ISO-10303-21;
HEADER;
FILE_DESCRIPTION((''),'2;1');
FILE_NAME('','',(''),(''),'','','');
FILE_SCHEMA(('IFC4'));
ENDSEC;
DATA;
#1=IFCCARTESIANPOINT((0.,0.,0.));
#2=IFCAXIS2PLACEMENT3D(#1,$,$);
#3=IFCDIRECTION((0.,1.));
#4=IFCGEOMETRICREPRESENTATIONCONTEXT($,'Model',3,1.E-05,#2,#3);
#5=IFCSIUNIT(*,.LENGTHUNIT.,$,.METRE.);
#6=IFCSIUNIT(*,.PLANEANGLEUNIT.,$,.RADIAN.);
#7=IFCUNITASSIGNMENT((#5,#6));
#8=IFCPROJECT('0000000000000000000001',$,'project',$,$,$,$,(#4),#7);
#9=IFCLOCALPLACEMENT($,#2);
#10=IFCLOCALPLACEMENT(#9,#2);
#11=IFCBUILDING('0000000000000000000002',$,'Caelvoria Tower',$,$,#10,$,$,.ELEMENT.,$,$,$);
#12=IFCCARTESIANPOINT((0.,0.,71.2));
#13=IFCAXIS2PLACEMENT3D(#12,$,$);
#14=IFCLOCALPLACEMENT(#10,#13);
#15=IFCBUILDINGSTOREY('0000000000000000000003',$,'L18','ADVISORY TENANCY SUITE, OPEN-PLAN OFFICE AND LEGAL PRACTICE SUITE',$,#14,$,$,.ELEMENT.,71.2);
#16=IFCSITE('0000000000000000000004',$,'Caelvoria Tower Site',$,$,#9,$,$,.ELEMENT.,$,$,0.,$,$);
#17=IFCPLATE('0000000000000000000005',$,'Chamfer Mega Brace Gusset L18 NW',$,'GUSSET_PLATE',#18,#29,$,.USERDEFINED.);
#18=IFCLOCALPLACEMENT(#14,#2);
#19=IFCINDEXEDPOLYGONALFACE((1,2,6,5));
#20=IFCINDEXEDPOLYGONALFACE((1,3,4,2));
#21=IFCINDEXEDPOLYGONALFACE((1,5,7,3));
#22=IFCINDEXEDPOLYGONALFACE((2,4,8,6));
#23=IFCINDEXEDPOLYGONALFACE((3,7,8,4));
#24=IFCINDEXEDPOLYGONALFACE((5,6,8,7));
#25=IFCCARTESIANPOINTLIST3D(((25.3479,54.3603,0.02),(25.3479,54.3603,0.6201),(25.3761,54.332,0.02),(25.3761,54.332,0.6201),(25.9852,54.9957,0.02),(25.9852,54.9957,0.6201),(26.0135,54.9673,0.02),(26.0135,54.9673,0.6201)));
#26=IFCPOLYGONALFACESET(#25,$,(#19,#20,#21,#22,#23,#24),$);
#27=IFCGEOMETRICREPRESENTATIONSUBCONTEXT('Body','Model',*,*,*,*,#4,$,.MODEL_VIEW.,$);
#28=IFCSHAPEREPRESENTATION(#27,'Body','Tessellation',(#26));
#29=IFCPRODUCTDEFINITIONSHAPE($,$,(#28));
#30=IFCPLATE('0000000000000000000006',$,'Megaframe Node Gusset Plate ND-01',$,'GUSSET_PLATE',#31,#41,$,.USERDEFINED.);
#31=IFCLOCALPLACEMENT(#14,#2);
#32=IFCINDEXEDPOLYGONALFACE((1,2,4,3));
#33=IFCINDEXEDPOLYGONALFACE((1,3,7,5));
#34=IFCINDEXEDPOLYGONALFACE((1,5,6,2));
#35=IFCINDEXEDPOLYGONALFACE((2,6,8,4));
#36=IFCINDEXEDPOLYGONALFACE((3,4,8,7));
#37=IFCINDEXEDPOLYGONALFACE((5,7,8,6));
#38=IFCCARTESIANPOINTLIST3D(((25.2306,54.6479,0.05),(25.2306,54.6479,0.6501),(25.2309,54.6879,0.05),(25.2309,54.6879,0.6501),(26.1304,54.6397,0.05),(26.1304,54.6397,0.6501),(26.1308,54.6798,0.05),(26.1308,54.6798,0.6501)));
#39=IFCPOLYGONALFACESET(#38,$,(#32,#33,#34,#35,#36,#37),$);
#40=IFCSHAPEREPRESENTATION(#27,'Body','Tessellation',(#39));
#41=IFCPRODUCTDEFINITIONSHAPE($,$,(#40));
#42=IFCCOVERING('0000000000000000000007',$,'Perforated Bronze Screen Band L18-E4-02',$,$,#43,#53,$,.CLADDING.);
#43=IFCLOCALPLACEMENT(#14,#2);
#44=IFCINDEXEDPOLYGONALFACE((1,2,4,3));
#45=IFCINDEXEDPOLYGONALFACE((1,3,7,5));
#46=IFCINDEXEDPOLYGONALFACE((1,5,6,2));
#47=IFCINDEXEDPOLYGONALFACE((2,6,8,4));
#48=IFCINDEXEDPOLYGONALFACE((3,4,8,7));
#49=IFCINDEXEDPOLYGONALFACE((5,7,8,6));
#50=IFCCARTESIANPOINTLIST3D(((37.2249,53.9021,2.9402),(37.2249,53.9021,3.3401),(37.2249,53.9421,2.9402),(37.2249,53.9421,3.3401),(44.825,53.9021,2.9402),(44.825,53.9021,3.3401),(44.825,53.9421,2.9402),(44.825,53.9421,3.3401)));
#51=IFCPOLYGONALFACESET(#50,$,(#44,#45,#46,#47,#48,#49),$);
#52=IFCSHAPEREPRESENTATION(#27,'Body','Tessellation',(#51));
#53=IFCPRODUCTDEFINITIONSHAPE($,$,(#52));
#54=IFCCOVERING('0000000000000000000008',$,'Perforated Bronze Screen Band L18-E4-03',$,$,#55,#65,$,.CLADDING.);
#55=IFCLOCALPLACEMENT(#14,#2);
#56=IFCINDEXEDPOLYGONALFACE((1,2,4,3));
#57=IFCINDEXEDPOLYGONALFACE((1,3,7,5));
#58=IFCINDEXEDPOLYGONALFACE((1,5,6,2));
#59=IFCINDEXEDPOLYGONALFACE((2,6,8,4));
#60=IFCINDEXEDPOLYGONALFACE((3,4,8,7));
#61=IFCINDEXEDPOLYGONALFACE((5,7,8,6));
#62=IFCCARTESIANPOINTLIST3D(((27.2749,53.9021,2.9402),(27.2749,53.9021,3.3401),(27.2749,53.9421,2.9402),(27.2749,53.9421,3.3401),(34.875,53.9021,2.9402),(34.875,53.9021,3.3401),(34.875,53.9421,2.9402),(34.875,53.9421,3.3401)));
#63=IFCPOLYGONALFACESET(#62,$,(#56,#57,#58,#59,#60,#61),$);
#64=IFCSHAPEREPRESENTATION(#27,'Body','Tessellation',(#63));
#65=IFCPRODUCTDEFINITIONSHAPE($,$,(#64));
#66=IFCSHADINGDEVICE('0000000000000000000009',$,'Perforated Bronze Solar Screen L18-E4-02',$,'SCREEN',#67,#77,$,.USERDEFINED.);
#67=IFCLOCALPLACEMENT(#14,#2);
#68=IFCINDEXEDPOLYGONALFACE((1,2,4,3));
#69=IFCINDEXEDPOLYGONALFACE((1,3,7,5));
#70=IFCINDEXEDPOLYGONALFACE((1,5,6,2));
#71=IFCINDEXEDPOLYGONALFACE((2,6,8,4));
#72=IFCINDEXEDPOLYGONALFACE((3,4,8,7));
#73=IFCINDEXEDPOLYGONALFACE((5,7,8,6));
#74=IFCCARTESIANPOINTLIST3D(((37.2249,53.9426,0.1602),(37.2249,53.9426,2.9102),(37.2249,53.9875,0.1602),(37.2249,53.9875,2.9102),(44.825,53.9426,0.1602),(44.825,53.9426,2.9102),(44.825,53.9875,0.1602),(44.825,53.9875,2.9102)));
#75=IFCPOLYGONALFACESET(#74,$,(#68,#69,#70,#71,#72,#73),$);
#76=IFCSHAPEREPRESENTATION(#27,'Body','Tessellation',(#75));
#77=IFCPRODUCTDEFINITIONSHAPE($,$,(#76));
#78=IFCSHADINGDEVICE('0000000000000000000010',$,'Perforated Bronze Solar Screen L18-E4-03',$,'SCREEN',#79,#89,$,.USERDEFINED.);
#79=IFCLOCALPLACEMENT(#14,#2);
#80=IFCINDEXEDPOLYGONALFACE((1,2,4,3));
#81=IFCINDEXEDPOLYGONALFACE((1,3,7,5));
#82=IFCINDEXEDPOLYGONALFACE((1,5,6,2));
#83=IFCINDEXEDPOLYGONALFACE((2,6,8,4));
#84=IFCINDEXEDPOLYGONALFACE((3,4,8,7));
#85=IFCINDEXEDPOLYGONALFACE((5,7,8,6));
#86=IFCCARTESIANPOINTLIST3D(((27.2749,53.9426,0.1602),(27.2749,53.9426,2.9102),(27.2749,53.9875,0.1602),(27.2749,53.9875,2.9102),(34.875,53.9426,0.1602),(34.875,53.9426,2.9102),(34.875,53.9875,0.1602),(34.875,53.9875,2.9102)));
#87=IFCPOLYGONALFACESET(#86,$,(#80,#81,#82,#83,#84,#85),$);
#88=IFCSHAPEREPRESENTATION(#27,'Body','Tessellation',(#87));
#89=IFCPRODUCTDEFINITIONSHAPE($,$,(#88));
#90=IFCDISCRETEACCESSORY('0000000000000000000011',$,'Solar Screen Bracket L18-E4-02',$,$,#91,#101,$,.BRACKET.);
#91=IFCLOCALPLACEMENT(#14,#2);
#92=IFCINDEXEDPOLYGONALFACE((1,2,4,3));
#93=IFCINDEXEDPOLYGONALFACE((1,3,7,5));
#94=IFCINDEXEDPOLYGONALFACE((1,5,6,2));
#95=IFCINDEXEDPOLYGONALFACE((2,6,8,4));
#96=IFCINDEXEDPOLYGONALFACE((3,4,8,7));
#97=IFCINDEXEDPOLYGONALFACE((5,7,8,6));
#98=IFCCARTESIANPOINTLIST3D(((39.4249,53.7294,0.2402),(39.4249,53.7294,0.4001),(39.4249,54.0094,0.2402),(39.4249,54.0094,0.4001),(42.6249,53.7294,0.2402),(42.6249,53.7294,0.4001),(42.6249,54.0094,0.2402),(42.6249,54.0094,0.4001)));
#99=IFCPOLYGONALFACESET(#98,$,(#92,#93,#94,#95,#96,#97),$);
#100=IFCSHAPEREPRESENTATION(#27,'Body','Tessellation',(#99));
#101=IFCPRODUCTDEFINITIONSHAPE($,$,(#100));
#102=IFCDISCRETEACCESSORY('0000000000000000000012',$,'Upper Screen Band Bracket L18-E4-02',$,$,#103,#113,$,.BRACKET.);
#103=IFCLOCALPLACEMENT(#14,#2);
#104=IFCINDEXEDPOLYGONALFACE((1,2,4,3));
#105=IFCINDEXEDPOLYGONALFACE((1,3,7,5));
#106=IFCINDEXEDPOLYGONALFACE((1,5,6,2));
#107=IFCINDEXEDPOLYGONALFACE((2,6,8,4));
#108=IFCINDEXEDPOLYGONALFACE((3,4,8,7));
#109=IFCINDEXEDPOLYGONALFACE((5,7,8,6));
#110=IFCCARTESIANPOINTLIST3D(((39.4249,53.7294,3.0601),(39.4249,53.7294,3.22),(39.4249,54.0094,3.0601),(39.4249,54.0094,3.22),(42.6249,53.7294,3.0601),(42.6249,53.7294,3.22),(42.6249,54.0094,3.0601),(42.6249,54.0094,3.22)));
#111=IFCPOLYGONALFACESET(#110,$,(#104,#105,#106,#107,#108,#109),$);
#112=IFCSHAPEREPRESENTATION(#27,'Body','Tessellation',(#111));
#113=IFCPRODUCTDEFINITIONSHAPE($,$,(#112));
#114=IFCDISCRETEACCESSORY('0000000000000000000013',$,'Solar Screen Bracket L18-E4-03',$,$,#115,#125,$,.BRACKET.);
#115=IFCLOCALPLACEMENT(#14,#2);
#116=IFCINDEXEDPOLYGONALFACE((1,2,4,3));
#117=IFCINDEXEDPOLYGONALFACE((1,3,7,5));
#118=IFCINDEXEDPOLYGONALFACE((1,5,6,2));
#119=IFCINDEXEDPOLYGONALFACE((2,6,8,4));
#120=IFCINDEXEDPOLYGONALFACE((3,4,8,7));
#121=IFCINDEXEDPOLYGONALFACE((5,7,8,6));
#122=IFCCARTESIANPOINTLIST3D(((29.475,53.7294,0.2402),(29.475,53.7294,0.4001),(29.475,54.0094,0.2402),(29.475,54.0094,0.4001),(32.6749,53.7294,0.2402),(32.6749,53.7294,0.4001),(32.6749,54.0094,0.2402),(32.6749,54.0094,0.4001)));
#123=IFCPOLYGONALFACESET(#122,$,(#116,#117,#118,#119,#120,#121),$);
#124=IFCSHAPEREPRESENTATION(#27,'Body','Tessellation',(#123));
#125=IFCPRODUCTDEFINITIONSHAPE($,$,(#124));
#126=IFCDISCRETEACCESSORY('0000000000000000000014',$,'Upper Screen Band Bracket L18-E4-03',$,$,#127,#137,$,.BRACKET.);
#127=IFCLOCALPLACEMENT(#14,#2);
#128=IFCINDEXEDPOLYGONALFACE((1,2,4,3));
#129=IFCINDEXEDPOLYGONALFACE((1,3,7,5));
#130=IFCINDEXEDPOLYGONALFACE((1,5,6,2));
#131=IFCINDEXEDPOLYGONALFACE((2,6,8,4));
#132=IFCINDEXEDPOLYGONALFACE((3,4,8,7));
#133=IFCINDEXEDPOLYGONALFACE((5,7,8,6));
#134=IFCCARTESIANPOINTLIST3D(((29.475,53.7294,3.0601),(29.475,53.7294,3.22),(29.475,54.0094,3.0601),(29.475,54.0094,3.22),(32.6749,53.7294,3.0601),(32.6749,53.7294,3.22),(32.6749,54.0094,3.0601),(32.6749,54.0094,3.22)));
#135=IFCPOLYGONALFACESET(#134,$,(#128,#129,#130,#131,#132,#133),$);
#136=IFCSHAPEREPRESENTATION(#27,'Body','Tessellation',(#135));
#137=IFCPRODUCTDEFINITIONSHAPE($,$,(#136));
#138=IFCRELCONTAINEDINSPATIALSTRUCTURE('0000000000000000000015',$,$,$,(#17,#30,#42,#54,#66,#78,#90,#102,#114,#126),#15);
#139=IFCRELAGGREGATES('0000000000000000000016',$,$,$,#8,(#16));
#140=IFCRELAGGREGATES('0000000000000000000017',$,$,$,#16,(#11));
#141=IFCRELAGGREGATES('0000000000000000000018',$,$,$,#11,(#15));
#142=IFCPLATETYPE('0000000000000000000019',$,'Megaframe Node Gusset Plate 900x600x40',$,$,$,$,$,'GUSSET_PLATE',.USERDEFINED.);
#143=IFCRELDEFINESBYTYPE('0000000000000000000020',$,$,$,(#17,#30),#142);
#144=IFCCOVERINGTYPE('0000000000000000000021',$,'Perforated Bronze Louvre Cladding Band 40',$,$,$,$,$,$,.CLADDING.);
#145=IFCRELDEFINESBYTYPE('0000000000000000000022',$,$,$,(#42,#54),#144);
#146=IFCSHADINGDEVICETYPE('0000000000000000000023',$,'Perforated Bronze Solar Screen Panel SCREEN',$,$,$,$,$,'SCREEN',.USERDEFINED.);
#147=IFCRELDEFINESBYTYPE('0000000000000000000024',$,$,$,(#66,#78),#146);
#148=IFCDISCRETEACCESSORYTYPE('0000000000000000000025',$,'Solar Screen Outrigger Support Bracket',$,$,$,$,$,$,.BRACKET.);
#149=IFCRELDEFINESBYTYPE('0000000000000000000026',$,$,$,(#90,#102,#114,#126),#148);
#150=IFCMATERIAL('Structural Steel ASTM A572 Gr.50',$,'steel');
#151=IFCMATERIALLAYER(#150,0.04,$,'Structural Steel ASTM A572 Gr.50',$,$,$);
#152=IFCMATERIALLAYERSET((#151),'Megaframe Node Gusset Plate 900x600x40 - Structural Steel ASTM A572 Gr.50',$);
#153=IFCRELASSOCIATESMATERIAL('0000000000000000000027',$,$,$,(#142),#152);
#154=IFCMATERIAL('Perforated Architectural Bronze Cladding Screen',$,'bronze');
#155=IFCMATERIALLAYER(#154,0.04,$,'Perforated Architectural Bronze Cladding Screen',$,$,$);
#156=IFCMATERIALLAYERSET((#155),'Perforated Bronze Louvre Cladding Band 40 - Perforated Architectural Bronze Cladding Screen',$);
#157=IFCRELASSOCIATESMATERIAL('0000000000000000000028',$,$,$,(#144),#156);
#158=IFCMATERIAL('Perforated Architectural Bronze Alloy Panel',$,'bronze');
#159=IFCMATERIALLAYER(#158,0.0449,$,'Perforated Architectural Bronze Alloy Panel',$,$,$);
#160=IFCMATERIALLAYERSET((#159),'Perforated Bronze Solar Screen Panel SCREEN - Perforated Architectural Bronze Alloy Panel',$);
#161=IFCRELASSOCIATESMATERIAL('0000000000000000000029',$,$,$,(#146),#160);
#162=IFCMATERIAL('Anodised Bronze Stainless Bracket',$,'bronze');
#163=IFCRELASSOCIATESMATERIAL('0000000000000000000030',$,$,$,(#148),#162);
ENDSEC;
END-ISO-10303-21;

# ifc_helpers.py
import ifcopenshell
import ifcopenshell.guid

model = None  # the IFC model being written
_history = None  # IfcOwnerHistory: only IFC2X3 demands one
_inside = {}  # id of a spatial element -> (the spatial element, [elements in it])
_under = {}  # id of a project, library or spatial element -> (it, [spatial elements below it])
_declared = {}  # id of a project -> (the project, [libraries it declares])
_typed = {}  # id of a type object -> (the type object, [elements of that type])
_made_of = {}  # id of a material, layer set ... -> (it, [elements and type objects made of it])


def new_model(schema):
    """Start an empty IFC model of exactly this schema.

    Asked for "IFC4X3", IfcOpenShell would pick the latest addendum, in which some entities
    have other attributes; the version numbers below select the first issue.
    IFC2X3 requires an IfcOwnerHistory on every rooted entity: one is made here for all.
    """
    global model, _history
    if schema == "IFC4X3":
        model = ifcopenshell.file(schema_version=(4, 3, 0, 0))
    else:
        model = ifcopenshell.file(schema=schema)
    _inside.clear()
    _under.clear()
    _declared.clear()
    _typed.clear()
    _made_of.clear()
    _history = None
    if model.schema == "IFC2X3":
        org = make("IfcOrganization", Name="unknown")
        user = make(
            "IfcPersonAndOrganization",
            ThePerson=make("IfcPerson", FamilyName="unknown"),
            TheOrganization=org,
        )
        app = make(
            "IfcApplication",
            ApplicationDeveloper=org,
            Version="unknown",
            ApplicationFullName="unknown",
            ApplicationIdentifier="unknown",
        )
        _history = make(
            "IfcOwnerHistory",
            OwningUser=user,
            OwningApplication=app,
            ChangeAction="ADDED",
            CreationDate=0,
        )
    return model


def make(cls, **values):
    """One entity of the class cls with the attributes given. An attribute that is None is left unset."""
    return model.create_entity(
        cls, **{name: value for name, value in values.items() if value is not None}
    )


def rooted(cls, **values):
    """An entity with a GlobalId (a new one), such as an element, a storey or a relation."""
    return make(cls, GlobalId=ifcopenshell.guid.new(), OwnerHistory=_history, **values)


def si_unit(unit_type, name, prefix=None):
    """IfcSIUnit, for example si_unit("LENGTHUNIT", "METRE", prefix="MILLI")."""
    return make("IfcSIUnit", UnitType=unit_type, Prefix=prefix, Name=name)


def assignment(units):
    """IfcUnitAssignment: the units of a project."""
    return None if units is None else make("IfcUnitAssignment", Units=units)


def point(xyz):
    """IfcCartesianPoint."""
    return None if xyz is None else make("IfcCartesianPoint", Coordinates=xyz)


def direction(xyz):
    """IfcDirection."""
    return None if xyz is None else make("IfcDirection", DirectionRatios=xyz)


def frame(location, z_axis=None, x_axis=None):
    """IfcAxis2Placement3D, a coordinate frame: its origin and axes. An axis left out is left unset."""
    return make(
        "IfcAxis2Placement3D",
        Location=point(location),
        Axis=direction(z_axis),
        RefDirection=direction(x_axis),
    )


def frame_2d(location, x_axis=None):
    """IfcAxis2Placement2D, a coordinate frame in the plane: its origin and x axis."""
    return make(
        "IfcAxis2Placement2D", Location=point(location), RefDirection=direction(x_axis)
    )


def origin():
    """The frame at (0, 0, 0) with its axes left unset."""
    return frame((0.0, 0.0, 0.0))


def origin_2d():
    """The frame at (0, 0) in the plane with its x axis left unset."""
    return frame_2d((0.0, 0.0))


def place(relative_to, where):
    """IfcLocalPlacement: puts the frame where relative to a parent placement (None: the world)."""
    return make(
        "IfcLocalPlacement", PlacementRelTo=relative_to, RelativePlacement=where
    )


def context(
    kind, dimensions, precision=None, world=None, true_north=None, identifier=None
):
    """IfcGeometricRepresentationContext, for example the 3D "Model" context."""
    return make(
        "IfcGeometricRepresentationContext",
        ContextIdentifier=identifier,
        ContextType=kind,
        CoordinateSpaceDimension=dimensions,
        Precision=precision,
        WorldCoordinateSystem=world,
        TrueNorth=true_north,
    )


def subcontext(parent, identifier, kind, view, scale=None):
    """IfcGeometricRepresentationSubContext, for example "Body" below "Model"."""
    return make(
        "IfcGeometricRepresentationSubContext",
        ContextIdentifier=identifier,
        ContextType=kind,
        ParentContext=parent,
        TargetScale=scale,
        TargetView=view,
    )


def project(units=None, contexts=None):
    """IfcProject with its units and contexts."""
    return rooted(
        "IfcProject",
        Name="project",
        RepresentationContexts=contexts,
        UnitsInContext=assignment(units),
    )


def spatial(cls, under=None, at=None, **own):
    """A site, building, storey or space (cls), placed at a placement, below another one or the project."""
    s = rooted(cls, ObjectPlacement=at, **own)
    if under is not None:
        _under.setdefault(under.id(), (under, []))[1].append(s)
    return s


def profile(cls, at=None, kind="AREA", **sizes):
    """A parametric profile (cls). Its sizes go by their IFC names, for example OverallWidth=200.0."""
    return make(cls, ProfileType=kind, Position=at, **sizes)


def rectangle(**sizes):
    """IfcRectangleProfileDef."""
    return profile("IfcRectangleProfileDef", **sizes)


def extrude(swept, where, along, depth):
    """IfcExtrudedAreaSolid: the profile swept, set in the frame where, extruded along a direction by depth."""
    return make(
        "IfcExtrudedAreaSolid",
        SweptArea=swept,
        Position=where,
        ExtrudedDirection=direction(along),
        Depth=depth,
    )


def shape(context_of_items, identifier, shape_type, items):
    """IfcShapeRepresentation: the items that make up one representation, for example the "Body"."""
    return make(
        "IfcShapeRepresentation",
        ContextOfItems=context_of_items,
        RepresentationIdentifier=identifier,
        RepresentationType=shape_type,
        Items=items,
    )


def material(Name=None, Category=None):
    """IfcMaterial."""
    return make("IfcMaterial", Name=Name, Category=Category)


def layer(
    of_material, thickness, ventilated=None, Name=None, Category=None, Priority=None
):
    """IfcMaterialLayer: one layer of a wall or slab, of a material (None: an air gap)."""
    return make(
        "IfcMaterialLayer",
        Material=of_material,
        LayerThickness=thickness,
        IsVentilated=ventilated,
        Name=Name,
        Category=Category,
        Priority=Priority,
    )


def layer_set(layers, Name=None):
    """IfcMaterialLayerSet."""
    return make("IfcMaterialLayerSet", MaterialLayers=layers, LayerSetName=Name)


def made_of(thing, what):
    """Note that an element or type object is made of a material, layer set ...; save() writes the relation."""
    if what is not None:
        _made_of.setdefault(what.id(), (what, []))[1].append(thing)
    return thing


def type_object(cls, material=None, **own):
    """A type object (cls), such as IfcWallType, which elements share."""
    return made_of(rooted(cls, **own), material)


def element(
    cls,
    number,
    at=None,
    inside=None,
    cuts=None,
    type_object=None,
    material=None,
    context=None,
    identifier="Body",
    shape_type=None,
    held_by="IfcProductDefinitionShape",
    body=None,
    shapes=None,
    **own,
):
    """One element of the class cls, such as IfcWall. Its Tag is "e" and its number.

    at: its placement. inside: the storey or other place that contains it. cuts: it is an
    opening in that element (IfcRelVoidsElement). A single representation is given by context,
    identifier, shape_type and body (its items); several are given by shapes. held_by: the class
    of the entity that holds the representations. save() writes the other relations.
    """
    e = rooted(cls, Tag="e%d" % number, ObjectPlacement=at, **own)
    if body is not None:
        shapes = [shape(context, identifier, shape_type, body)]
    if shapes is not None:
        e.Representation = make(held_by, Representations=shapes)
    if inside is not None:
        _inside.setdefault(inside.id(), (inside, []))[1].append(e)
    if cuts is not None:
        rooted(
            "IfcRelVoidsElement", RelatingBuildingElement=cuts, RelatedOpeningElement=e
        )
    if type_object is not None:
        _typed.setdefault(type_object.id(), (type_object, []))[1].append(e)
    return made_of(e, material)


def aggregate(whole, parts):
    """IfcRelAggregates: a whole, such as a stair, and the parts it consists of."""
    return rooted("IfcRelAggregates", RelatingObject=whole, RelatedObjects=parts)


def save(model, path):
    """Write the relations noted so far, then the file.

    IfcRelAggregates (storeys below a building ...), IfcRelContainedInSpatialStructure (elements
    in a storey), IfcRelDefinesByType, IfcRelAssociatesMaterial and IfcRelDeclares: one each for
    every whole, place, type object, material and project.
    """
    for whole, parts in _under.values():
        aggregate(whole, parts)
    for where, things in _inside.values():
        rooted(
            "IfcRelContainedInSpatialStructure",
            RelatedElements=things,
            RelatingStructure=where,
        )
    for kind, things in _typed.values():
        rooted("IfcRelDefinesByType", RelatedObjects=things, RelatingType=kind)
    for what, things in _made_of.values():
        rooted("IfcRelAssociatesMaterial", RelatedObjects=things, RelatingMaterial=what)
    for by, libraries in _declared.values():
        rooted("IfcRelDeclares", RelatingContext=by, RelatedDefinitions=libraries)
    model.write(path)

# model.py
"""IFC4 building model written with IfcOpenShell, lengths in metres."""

from ifc_helpers import new_model, si_unit, direction, frame, origin, origin_2d, place, context, subcontext, project, spatial, rectangle, extrude, material, layer, layer_set, type_object, element, save


model = new_model("IFC4")

# Units and contexts
model_context = context("Model", 3, precision=1e-05, world=origin(), true_north=direction((0.0, 1.0)))
body_context = subcontext(model_context, "Body", "Model", "MODEL_VIEW")
ifc_project = project(units=[si_unit("LENGTHUNIT", "METRE"), si_unit("PLANEANGLEUNIT", "RADIAN")], contexts=[model_context])

# Site, building, storey
site_placement = place(None, origin())
site = spatial("IfcSite", under=ifc_project, at=site_placement, Name="Caelvoria Tower Site", CompositionType="ELEMENT", RefElevation=0.0)
building_placement = place(site_placement, origin())
building = spatial("IfcBuilding", under=site, at=building_placement, Name="Caelvoria Tower", CompositionType="ELEMENT")
storey_placement = place(building_placement, frame((0.0, 0.0, 71.2)))
storey = spatial("IfcBuildingStorey", under=building, at=storey_placement, Name="L18", Description="ADVISORY TENANCY SUITE, OPEN-PLAN OFFICE AND LEGAL PRACTICE SUITE", CompositionType="ELEMENT", Elevation=71.2)

# Shared definitions
ifc_material_1 = material(Name="Structural Steel ASTM A572 Gr.50", Category="steel")

# Plates
ifc_layer_1 = layer(ifc_material_1, 0.04, Name="Structural Steel ASTM A572 Gr.50")
ifc_layer_set_1 = layer_set([ifc_layer_1], Name="Megaframe Node Gusset Plate 900x600x40 - Structural Steel ASTM A572 Gr.50")
plate_type_1 = type_object("IfcPlateType", Name="Megaframe Node Gusset Plate 900x600x40", ElementType="GUSSET_PLATE", PredefinedType="USERDEFINED", material=ifc_layer_set_1)
for number, where, z_axis, x_axis, name in (
    (1, (25.6807, 54.6638, 0.02), (0.0, 0.0, 1.0), (-0.708212, -0.706, 0.0), "Chamfer Mega Brace Gusset L18 NW"),
    (2, (25.6807, 54.6638, 0.05), (0.0, 0.0, 1.0), (0.999959, -0.009049, 0.0), "Megaframe Node Gusset Plate ND-01"),
):
    element("IfcPlate", number, at=place(storey_placement, frame(where, z_axis=z_axis, x_axis=x_axis)), inside=storey, type_object=plate_type_1, Name=name, ObjectType="GUSSET_PLATE", PredefinedType="USERDEFINED", context=body_context, shape_type="SweptSolid", body=[
        extrude(rectangle(XDim=0.8999, YDim=0.04, at=origin_2d()), origin(), (0.0, 0.0, 1.0), 0.6001),
    ])

# Coverings
ifc_material_2 = material(Name="Perforated Architectural Bronze Cladding Screen", Category="bronze")
ifc_layer_2 = layer(ifc_material_2, 0.04, Name="Perforated Architectural Bronze Cladding Screen")
ifc_layer_set_2 = layer_set([ifc_layer_2], Name="Perforated Bronze Louvre Cladding Band 40 - Perforated Architectural Bronze Cladding Screen")
covering_type = type_object("IfcCoveringType", Name="Perforated Bronze Louvre Cladding Band 40", PredefinedType="CLADDING", material=ifc_layer_set_2)
for number, where, z_axis, x_axis, name in (
    (3, (41.0249, 53.9221, 2.9402), (0.0, 0.0, 1.0), (-1.0, 0.0, 0.0), "Perforated Bronze Screen Band L18-E4-02"),
    (4, (31.075, 53.9221, 2.9402), (0.0, 0.0, 1.0), (-1.0, 0.0, 0.0), "Perforated Bronze Screen Band L18-E4-03"),
):
    element("IfcCovering", number, at=place(storey_placement, frame(where, z_axis=z_axis, x_axis=x_axis)), inside=storey, type_object=covering_type, Name=name, PredefinedType="CLADDING", context=body_context, shape_type="SweptSolid", body=[
        extrude(rectangle(XDim=7.6001, YDim=0.04, at=origin_2d()), origin(), (0.0, 0.0, 1.0), 0.3999),
    ])

# Shading devices
ifc_material_3 = material(Name="Perforated Architectural Bronze Alloy Panel", Category="bronze")
ifc_layer_3 = layer(ifc_material_3, 0.0449, Name="Perforated Architectural Bronze Alloy Panel")
ifc_layer_set_3 = layer_set([ifc_layer_3], Name="Perforated Bronze Solar Screen Panel SCREEN - Perforated Architectural Bronze Alloy Panel")
shading_device_type = type_object("IfcShadingDeviceType", Name="Perforated Bronze Solar Screen Panel SCREEN", ElementType="SCREEN", PredefinedType="USERDEFINED", material=ifc_layer_set_3)
for number, where, z_axis, x_axis, name in (
    (5, (41.0249, 53.9651, 0.1602), (0.0, 0.0, 1.0), (-1.0, 0.0, 0.0), "Perforated Bronze Solar Screen L18-E4-02"),
    (6, (31.075, 53.9651, 0.1602), (0.0, 0.0, 1.0), (-1.0, 0.0, 0.0), "Perforated Bronze Solar Screen L18-E4-03"),
):
    element("IfcShadingDevice", number, at=place(storey_placement, frame(where, z_axis=z_axis, x_axis=x_axis)), inside=storey, type_object=shading_device_type, Name=name, ObjectType="SCREEN", PredefinedType="USERDEFINED", context=body_context, shape_type="SweptSolid", body=[
        extrude(rectangle(XDim=7.6001, YDim=0.0449, at=origin_2d()), origin(), (0.0, 0.0, 1.0), 2.75),
    ])

# Discrete accessories
ifc_material_4 = material(Name="Anodised Bronze Stainless Bracket", Category="bronze")
discrete_accessory_type = type_object("IfcDiscreteAccessoryType", Name="Solar Screen Outrigger Support Bracket", PredefinedType="BRACKET", material=ifc_material_4)
for number, where, z_axis, x_axis, name in (
    (7, (41.0249, 53.8694, 0.2402), (0.0, 0.0, 1.0), (-1.0, 0.0, 0.0), "Solar Screen Bracket L18-E4-02"),
    (8, (41.0249, 53.8694, 3.0601), (0.0, 0.0, 1.0), (-1.0, 0.0, 0.0), "Upper Screen Band Bracket L18-E4-02"),
    (9, (31.075, 53.8694, 0.2402), (0.0, 0.0, 1.0), (-1.0, 0.0, 0.0), "Solar Screen Bracket L18-E4-03"),
    (10, (31.075, 53.8694, 3.0601), (0.0, 0.0, 1.0), (-1.0, 0.0, 0.0), "Upper Screen Band Bracket L18-E4-03"),
):
    element("IfcDiscreteAccessory", number, at=place(storey_placement, frame(where, z_axis=z_axis, x_axis=x_axis)), inside=storey, type_object=discrete_accessory_type, Name=name, PredefinedType="BRACKET", context=body_context, shape_type="SweptSolid", body=[
        extrude(rectangle(XDim=3.2, YDim=0.28, at=origin_2d()), origin(), (0.0, 0.0, 1.0), 0.1599),
    ])

save(model, "model.ifc")
